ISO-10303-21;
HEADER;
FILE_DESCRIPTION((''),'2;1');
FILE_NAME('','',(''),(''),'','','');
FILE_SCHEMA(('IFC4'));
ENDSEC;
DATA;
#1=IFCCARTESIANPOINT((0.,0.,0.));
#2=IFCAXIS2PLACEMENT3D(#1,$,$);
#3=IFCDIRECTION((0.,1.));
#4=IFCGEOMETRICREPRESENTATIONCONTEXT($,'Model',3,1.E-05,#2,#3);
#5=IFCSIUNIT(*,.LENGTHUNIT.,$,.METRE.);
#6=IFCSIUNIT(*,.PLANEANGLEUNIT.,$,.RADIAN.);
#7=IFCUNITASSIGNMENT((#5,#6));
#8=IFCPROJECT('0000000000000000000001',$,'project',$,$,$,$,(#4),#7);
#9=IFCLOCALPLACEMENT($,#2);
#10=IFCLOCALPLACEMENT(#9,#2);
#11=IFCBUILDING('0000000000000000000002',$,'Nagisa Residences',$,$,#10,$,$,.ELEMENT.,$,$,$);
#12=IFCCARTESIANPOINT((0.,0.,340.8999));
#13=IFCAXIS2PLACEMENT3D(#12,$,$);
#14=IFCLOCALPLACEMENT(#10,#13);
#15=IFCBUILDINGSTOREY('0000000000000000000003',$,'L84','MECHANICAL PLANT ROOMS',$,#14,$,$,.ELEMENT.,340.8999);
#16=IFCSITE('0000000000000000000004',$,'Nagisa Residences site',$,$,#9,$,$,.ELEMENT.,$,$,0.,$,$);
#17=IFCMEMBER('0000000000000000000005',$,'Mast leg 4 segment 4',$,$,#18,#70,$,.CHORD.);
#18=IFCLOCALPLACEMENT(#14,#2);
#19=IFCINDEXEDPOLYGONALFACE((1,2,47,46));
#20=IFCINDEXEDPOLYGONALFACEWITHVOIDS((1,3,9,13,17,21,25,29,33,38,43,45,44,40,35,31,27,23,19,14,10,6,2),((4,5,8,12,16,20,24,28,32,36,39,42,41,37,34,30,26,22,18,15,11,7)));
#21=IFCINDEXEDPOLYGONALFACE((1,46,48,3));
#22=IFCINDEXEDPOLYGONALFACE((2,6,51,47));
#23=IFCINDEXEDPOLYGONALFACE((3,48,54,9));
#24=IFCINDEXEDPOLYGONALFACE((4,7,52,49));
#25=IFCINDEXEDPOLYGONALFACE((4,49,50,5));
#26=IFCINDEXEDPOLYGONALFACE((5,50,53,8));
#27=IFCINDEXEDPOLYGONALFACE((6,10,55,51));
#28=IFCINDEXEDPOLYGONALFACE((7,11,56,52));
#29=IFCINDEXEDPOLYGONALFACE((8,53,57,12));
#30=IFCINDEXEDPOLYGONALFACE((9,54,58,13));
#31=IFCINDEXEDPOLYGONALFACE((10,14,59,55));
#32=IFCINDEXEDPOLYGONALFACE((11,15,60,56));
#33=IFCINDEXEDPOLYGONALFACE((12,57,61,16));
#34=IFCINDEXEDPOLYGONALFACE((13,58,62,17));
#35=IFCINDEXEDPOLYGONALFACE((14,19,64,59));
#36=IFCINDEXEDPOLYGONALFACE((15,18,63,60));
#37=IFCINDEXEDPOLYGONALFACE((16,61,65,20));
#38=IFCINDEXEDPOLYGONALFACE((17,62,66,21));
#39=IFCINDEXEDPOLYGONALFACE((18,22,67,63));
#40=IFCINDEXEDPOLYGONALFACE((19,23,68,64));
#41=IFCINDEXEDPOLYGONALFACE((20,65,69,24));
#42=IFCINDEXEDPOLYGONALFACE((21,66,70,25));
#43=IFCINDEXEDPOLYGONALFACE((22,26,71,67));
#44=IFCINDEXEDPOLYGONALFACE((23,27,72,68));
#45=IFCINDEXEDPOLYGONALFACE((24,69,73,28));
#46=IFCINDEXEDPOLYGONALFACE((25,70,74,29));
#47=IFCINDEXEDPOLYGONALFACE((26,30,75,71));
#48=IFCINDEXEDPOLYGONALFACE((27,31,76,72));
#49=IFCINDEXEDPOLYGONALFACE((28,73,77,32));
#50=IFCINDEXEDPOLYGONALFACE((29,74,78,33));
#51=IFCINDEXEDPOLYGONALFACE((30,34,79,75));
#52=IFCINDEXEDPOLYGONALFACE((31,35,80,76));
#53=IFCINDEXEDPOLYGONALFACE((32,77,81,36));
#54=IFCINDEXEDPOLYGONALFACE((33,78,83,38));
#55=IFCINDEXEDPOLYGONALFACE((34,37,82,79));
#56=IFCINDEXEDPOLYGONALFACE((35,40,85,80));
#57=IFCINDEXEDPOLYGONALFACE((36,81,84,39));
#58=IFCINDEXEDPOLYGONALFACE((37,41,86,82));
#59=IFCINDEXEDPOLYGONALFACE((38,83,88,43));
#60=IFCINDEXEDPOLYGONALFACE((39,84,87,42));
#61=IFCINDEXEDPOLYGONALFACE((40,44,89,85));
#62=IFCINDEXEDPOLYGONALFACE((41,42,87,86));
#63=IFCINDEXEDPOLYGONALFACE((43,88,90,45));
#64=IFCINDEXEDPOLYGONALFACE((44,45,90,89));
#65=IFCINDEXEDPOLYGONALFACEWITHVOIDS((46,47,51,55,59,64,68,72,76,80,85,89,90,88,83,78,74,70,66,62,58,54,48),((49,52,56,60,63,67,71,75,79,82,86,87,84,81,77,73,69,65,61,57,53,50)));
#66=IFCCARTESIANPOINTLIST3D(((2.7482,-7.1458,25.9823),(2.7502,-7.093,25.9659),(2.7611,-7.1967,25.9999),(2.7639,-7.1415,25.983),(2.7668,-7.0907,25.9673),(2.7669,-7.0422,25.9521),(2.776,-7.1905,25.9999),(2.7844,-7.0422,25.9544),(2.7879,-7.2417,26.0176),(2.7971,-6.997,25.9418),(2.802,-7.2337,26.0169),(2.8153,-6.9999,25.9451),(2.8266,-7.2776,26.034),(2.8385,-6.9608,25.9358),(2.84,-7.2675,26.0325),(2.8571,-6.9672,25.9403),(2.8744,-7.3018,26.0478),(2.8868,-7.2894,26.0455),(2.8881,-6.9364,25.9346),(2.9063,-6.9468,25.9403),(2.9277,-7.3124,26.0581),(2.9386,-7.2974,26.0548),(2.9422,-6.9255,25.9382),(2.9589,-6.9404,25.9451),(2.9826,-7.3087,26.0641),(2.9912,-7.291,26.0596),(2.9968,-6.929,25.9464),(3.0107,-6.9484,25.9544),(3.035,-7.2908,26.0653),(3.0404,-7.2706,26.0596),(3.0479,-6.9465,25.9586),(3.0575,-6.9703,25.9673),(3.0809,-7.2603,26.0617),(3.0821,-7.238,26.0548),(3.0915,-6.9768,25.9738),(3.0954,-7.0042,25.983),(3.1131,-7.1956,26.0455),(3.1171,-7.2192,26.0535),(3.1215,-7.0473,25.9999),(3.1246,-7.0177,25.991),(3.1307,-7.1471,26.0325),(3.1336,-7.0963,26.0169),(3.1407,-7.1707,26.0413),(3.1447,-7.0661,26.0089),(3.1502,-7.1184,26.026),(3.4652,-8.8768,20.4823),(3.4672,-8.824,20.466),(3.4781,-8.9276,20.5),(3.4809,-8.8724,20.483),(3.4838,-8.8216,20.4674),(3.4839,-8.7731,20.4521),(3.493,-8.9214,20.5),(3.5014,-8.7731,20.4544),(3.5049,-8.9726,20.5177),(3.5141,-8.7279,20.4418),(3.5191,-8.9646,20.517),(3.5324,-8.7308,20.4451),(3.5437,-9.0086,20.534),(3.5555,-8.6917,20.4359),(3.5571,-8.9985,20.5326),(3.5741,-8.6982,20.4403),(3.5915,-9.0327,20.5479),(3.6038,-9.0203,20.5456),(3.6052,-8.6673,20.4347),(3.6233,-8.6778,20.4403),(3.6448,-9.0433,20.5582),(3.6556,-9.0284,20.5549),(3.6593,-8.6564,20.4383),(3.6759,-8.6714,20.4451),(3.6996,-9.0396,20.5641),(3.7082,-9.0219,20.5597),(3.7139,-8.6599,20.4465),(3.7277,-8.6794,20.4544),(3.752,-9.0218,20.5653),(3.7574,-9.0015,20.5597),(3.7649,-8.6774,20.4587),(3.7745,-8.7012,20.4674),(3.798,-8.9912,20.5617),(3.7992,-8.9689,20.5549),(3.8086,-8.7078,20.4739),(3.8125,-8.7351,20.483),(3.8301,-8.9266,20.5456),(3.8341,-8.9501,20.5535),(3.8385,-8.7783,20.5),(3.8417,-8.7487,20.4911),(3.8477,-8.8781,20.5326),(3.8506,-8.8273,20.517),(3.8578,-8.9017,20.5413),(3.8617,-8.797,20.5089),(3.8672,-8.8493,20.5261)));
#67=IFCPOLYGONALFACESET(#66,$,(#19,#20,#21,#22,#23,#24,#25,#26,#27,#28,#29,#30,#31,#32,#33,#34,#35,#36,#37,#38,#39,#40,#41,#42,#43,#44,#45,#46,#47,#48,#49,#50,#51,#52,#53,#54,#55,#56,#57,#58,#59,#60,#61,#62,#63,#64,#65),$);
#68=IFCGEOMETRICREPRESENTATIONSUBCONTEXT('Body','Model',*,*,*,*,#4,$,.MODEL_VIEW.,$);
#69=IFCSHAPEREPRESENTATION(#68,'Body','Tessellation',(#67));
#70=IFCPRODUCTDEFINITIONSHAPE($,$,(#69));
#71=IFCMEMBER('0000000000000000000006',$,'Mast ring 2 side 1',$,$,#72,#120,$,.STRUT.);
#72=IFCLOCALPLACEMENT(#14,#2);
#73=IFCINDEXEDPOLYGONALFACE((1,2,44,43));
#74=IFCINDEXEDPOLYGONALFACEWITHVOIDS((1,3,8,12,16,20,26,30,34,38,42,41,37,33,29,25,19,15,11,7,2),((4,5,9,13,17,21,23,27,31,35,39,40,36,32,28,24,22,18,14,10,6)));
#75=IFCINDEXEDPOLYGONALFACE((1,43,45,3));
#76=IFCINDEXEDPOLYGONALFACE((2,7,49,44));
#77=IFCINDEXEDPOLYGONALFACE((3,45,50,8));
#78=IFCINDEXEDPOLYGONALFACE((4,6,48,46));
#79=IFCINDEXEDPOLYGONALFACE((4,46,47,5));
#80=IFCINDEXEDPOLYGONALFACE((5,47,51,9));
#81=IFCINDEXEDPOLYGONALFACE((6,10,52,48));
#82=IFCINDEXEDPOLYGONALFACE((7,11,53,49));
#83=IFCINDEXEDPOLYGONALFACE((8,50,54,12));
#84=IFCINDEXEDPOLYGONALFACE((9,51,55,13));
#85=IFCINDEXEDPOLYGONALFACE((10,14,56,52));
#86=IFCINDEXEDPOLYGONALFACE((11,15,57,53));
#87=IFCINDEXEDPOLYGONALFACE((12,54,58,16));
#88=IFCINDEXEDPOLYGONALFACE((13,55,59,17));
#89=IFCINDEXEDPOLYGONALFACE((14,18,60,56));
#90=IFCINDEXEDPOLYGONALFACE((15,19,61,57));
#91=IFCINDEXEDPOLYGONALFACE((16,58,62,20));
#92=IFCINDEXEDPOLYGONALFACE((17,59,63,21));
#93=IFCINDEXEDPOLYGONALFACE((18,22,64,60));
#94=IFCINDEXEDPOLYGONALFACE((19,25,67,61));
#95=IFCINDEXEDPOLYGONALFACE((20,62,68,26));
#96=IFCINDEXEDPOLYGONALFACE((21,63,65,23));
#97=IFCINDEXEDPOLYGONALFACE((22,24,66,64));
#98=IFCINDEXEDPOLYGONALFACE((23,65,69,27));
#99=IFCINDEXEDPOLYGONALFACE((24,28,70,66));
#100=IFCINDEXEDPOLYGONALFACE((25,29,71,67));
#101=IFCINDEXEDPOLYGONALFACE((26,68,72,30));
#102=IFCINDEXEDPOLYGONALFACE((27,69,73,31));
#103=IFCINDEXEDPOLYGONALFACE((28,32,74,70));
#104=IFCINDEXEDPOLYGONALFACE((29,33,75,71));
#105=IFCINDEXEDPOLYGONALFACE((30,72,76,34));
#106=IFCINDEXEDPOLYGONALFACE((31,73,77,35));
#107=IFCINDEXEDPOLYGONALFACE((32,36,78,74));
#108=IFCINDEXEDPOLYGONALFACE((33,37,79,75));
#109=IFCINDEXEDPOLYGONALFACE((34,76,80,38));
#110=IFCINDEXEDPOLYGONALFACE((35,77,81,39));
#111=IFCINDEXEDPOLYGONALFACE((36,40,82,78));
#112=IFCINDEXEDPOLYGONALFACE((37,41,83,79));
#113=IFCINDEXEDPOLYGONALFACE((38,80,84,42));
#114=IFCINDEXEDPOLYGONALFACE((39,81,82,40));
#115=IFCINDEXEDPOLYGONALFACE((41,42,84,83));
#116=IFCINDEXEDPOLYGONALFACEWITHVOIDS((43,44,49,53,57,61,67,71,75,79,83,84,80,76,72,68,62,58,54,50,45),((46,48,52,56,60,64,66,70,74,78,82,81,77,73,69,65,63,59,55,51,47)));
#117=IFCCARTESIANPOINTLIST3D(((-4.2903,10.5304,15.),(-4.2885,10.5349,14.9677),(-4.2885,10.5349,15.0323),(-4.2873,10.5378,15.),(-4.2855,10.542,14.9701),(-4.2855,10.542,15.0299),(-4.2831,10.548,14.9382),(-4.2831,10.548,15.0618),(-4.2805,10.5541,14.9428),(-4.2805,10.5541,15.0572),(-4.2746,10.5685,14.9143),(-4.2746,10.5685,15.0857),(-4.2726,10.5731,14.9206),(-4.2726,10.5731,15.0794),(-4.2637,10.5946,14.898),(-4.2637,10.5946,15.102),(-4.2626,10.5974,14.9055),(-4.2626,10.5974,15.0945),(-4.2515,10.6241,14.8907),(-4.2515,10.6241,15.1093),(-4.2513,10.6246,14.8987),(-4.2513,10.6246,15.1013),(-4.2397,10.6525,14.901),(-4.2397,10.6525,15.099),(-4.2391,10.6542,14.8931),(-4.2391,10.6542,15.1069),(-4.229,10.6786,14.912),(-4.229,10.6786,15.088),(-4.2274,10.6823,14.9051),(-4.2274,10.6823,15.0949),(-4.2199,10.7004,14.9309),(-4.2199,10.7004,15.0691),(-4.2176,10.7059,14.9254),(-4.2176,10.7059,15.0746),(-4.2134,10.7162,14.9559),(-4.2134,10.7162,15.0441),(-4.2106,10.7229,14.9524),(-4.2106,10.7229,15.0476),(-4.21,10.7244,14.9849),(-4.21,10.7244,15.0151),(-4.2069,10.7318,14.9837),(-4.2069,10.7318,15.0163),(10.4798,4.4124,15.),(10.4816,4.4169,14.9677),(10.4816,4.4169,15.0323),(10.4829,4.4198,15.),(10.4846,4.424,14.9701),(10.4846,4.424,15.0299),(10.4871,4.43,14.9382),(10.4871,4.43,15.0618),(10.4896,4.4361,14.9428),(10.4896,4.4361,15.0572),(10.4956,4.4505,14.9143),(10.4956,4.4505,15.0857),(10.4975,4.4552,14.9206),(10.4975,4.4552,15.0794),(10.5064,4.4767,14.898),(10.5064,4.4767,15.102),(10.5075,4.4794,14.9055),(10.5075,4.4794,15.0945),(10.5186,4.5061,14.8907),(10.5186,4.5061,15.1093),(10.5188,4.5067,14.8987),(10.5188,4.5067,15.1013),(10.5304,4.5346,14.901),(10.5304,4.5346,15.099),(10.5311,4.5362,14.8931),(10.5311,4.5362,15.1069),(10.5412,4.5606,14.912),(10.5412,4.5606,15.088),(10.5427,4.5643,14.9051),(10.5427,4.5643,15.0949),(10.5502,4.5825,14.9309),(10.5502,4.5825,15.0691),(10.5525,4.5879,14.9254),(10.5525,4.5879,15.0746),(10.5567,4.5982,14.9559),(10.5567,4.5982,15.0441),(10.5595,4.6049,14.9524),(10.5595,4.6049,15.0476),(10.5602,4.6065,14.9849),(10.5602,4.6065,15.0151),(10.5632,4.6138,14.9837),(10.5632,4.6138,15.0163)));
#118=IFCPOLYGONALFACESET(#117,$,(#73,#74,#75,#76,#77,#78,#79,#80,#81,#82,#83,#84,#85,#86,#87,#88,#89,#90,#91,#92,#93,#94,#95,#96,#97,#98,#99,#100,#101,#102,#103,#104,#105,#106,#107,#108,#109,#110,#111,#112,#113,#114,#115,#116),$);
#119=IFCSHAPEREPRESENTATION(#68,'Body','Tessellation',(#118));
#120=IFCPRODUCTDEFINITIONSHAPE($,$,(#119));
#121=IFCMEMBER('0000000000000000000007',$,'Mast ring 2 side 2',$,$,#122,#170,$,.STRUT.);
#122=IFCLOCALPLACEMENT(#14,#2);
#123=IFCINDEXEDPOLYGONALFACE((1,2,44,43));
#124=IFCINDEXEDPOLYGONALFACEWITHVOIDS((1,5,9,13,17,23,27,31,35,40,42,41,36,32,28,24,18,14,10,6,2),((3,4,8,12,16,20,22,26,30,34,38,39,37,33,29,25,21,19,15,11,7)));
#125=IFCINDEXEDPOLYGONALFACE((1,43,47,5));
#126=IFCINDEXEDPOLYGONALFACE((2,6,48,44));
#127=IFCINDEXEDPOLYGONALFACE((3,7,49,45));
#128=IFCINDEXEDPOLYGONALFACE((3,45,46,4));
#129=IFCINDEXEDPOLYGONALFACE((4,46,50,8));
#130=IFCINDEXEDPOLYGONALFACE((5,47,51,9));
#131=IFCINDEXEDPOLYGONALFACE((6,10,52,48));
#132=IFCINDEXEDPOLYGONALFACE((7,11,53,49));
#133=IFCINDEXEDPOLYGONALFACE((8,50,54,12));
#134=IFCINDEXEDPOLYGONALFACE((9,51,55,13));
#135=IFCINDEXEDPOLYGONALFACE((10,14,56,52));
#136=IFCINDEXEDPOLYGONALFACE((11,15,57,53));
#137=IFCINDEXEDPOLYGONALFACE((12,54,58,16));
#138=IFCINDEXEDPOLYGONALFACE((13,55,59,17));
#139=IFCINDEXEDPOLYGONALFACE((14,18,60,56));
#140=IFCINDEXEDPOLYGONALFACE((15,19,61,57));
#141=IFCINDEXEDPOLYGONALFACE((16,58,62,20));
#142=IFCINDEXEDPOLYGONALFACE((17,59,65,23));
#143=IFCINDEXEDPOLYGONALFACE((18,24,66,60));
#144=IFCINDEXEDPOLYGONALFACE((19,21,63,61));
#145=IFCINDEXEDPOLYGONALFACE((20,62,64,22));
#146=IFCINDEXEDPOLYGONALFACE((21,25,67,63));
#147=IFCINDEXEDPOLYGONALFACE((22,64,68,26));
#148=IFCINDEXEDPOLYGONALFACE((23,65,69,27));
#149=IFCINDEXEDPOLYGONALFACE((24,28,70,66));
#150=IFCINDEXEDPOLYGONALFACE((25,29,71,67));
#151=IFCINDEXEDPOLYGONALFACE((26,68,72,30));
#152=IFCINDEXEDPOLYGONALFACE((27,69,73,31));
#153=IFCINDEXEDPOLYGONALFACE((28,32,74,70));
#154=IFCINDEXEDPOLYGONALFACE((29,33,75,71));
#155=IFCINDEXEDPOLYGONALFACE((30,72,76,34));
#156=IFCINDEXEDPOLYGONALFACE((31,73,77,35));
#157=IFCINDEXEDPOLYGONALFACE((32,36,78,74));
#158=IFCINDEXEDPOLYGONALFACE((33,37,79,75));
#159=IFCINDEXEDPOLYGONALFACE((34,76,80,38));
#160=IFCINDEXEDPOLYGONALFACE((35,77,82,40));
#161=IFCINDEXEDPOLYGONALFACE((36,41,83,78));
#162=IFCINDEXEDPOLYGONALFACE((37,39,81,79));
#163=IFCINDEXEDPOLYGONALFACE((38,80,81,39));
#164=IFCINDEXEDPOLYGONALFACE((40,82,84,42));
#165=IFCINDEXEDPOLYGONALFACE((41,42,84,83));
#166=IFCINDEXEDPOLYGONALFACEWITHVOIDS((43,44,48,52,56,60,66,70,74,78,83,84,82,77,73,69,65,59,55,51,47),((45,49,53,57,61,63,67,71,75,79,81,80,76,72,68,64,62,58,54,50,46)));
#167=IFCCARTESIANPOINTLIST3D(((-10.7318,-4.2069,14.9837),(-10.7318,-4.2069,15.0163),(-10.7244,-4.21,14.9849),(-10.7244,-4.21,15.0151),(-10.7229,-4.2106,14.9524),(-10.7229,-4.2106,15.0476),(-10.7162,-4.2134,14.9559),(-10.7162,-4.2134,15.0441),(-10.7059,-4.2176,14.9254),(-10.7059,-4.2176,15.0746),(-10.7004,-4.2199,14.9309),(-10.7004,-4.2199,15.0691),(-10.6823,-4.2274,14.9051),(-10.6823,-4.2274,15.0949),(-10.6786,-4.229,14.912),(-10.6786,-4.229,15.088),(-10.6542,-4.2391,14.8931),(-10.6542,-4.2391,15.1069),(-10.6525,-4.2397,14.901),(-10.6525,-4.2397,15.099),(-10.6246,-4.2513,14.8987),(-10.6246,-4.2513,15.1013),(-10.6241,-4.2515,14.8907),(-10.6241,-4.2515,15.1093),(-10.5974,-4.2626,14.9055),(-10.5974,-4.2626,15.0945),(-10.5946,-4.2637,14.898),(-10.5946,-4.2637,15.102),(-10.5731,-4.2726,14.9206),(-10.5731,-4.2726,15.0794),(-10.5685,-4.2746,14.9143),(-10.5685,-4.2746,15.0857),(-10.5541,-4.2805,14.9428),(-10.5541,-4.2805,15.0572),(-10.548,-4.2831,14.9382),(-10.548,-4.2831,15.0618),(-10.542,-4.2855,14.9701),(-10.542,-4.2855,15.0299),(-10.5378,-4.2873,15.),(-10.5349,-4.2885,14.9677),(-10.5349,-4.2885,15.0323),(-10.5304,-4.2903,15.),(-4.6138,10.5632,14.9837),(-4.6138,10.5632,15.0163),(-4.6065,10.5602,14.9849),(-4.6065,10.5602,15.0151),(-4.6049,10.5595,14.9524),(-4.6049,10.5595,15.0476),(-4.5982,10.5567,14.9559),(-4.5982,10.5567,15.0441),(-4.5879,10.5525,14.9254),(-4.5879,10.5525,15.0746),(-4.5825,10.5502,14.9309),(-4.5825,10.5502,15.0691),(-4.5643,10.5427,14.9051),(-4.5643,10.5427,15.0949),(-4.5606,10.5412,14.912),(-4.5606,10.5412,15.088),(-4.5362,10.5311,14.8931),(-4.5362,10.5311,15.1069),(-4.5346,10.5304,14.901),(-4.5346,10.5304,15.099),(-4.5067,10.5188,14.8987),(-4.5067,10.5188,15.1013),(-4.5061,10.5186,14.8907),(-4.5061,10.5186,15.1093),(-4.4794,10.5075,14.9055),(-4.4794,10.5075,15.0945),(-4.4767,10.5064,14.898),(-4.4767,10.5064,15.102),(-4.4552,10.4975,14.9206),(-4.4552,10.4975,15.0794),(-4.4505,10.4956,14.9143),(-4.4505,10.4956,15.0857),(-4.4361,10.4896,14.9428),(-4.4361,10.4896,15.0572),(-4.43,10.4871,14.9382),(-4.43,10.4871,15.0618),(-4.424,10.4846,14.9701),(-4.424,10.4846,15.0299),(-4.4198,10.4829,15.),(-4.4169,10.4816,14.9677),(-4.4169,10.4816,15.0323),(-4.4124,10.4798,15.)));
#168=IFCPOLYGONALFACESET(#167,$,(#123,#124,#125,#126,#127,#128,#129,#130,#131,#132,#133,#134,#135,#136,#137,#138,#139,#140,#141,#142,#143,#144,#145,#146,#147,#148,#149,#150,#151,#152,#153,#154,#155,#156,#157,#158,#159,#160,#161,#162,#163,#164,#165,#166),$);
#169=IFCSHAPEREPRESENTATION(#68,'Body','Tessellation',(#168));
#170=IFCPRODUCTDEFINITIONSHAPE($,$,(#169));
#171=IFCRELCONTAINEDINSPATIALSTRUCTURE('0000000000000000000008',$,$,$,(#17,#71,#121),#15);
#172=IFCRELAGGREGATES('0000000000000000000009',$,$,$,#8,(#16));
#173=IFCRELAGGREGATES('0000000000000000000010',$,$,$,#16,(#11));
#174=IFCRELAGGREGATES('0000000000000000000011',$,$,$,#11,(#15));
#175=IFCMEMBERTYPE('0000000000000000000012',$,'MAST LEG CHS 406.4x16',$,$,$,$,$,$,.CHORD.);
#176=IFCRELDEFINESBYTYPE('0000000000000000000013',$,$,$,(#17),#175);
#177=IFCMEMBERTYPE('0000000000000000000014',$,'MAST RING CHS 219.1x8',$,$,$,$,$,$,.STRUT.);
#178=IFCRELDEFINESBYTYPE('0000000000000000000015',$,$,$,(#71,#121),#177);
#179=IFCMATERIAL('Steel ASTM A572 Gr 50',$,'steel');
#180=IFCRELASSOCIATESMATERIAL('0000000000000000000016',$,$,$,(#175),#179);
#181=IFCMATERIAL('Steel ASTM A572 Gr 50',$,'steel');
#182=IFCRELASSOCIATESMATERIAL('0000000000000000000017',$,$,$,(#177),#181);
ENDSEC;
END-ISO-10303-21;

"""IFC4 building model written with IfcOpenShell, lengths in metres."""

from ifc_helpers import new_model, si_unit, direction, frame, origin, origin_2d, place, context, subcontext, project, spatial, hollow_circle, extrude, material, material_profile, profile_set, type_object, element, save


model = new_model("IFC4")

# Units and contexts
model_context = context("Model", 3, precision=1e-05, world=origin(), true_north=direction((0.0, 1.0)))
body_context = subcontext(model_context, "Body", "Model", "MODEL_VIEW")
ifc_project = project(units=[si_unit("LENGTHUNIT", "METRE"), si_unit("PLANEANGLEUNIT", "RADIAN")], contexts=[model_context])

# Site, building, storey
site_placement = place(None, origin())
site = spatial("IfcSite", under=ifc_project, at=site_placement, Name="Nagisa Residences site", CompositionType="ELEMENT", RefElevation=0.0)
building_placement = place(site_placement, origin())
building = spatial("IfcBuilding", under=site, at=building_placement, Name="Nagisa Residences", CompositionType="ELEMENT")
storey_placement = place(building_placement, frame((0.0, 0.0, 340.8999)))
storey = spatial("IfcBuildingStorey", under=building, at=storey_placement, Name="L84", Description="MECHANICAL PLANT ROOMS", CompositionType="ELEMENT", Elevation=340.8999)

# Members
ifc_material_1 = material(Name="Steel ASTM A572 Gr 50", Category="steel")
ifc_material_profile_1 = material_profile(ifc_material_1, hollow_circle(Radius=0.2031, WallThickness=0.0161, at=origin_2d()), Name="MAST LEG CHS 406.4x16")
ifc_profile_set_1 = profile_set([ifc_material_profile_1], Name="Steel ASTM A572 Gr 50")
member_type_1 = type_object("IfcMemberType", Name="MAST LEG CHS 406.4x16", PredefinedType="CHORD", material=ifc_profile_set_1)
member_1_placement = place(storey_placement, frame((3.6658, -8.8499, 20.5), z_axis=(-0.123407, 0.297908, 0.946584), x_axis=(-0.923869, -0.382709, 0.0)))
element("IfcMember", 1, at=member_1_placement, inside=storey, type_object=member_type_1, Name="Mast leg 4 segment 4", PredefinedType="CHORD", context=body_context, shape_type="SweptSolid", body=[
    extrude(hollow_circle(Radius=0.2031, WallThickness=0.0161, at=origin_2d()), origin(), (0.0, 0.0, 1.0), 5.8103),
])
ifc_material_2 = material(Name="Steel ASTM A572 Gr 50", Category="steel")
ifc_material_profile_2 = material_profile(ifc_material_2, hollow_circle(Radius=0.1096, WallThickness=0.0081, at=origin_2d()), Name="MAST RING CHS 219.1x8")
ifc_profile_set_2 = profile_set([ifc_material_profile_2], Name="Steel ASTM A572 Gr 50")
member_type_2 = type_object("IfcMemberType", Name="MAST RING CHS 219.1x8", PredefinedType="STRUT", material=ifc_profile_set_2)
for number, where, z_axis, x_axis, name in (
    (2, (10.5217, 4.5137, 15.0), (-0.92388, 0.382682, 0.0), (-0.382682, -0.92388, 0.0), "Mast ring 2 side 1"),
    (3, (-4.5137, 10.5217, 15.0), (-0.382682, -0.92388, 0.0), (0.92388, -0.382682, 0.0), "Mast ring 2 side 2"),
):
    element("IfcMember", number, at=place(storey_placement, frame(where, z_axis=z_axis, x_axis=x_axis)), inside=storey, type_object=member_type_2, Name=name, PredefinedType="STRUT", context=body_context, shape_type="SweptSolid", body=[
        extrude(hollow_circle(Radius=0.1096, WallThickness=0.0081, at=origin_2d()), origin(), (0.0, 0.0, 1.0), 15.9871),
    ])

save(model, "model.ifc")
